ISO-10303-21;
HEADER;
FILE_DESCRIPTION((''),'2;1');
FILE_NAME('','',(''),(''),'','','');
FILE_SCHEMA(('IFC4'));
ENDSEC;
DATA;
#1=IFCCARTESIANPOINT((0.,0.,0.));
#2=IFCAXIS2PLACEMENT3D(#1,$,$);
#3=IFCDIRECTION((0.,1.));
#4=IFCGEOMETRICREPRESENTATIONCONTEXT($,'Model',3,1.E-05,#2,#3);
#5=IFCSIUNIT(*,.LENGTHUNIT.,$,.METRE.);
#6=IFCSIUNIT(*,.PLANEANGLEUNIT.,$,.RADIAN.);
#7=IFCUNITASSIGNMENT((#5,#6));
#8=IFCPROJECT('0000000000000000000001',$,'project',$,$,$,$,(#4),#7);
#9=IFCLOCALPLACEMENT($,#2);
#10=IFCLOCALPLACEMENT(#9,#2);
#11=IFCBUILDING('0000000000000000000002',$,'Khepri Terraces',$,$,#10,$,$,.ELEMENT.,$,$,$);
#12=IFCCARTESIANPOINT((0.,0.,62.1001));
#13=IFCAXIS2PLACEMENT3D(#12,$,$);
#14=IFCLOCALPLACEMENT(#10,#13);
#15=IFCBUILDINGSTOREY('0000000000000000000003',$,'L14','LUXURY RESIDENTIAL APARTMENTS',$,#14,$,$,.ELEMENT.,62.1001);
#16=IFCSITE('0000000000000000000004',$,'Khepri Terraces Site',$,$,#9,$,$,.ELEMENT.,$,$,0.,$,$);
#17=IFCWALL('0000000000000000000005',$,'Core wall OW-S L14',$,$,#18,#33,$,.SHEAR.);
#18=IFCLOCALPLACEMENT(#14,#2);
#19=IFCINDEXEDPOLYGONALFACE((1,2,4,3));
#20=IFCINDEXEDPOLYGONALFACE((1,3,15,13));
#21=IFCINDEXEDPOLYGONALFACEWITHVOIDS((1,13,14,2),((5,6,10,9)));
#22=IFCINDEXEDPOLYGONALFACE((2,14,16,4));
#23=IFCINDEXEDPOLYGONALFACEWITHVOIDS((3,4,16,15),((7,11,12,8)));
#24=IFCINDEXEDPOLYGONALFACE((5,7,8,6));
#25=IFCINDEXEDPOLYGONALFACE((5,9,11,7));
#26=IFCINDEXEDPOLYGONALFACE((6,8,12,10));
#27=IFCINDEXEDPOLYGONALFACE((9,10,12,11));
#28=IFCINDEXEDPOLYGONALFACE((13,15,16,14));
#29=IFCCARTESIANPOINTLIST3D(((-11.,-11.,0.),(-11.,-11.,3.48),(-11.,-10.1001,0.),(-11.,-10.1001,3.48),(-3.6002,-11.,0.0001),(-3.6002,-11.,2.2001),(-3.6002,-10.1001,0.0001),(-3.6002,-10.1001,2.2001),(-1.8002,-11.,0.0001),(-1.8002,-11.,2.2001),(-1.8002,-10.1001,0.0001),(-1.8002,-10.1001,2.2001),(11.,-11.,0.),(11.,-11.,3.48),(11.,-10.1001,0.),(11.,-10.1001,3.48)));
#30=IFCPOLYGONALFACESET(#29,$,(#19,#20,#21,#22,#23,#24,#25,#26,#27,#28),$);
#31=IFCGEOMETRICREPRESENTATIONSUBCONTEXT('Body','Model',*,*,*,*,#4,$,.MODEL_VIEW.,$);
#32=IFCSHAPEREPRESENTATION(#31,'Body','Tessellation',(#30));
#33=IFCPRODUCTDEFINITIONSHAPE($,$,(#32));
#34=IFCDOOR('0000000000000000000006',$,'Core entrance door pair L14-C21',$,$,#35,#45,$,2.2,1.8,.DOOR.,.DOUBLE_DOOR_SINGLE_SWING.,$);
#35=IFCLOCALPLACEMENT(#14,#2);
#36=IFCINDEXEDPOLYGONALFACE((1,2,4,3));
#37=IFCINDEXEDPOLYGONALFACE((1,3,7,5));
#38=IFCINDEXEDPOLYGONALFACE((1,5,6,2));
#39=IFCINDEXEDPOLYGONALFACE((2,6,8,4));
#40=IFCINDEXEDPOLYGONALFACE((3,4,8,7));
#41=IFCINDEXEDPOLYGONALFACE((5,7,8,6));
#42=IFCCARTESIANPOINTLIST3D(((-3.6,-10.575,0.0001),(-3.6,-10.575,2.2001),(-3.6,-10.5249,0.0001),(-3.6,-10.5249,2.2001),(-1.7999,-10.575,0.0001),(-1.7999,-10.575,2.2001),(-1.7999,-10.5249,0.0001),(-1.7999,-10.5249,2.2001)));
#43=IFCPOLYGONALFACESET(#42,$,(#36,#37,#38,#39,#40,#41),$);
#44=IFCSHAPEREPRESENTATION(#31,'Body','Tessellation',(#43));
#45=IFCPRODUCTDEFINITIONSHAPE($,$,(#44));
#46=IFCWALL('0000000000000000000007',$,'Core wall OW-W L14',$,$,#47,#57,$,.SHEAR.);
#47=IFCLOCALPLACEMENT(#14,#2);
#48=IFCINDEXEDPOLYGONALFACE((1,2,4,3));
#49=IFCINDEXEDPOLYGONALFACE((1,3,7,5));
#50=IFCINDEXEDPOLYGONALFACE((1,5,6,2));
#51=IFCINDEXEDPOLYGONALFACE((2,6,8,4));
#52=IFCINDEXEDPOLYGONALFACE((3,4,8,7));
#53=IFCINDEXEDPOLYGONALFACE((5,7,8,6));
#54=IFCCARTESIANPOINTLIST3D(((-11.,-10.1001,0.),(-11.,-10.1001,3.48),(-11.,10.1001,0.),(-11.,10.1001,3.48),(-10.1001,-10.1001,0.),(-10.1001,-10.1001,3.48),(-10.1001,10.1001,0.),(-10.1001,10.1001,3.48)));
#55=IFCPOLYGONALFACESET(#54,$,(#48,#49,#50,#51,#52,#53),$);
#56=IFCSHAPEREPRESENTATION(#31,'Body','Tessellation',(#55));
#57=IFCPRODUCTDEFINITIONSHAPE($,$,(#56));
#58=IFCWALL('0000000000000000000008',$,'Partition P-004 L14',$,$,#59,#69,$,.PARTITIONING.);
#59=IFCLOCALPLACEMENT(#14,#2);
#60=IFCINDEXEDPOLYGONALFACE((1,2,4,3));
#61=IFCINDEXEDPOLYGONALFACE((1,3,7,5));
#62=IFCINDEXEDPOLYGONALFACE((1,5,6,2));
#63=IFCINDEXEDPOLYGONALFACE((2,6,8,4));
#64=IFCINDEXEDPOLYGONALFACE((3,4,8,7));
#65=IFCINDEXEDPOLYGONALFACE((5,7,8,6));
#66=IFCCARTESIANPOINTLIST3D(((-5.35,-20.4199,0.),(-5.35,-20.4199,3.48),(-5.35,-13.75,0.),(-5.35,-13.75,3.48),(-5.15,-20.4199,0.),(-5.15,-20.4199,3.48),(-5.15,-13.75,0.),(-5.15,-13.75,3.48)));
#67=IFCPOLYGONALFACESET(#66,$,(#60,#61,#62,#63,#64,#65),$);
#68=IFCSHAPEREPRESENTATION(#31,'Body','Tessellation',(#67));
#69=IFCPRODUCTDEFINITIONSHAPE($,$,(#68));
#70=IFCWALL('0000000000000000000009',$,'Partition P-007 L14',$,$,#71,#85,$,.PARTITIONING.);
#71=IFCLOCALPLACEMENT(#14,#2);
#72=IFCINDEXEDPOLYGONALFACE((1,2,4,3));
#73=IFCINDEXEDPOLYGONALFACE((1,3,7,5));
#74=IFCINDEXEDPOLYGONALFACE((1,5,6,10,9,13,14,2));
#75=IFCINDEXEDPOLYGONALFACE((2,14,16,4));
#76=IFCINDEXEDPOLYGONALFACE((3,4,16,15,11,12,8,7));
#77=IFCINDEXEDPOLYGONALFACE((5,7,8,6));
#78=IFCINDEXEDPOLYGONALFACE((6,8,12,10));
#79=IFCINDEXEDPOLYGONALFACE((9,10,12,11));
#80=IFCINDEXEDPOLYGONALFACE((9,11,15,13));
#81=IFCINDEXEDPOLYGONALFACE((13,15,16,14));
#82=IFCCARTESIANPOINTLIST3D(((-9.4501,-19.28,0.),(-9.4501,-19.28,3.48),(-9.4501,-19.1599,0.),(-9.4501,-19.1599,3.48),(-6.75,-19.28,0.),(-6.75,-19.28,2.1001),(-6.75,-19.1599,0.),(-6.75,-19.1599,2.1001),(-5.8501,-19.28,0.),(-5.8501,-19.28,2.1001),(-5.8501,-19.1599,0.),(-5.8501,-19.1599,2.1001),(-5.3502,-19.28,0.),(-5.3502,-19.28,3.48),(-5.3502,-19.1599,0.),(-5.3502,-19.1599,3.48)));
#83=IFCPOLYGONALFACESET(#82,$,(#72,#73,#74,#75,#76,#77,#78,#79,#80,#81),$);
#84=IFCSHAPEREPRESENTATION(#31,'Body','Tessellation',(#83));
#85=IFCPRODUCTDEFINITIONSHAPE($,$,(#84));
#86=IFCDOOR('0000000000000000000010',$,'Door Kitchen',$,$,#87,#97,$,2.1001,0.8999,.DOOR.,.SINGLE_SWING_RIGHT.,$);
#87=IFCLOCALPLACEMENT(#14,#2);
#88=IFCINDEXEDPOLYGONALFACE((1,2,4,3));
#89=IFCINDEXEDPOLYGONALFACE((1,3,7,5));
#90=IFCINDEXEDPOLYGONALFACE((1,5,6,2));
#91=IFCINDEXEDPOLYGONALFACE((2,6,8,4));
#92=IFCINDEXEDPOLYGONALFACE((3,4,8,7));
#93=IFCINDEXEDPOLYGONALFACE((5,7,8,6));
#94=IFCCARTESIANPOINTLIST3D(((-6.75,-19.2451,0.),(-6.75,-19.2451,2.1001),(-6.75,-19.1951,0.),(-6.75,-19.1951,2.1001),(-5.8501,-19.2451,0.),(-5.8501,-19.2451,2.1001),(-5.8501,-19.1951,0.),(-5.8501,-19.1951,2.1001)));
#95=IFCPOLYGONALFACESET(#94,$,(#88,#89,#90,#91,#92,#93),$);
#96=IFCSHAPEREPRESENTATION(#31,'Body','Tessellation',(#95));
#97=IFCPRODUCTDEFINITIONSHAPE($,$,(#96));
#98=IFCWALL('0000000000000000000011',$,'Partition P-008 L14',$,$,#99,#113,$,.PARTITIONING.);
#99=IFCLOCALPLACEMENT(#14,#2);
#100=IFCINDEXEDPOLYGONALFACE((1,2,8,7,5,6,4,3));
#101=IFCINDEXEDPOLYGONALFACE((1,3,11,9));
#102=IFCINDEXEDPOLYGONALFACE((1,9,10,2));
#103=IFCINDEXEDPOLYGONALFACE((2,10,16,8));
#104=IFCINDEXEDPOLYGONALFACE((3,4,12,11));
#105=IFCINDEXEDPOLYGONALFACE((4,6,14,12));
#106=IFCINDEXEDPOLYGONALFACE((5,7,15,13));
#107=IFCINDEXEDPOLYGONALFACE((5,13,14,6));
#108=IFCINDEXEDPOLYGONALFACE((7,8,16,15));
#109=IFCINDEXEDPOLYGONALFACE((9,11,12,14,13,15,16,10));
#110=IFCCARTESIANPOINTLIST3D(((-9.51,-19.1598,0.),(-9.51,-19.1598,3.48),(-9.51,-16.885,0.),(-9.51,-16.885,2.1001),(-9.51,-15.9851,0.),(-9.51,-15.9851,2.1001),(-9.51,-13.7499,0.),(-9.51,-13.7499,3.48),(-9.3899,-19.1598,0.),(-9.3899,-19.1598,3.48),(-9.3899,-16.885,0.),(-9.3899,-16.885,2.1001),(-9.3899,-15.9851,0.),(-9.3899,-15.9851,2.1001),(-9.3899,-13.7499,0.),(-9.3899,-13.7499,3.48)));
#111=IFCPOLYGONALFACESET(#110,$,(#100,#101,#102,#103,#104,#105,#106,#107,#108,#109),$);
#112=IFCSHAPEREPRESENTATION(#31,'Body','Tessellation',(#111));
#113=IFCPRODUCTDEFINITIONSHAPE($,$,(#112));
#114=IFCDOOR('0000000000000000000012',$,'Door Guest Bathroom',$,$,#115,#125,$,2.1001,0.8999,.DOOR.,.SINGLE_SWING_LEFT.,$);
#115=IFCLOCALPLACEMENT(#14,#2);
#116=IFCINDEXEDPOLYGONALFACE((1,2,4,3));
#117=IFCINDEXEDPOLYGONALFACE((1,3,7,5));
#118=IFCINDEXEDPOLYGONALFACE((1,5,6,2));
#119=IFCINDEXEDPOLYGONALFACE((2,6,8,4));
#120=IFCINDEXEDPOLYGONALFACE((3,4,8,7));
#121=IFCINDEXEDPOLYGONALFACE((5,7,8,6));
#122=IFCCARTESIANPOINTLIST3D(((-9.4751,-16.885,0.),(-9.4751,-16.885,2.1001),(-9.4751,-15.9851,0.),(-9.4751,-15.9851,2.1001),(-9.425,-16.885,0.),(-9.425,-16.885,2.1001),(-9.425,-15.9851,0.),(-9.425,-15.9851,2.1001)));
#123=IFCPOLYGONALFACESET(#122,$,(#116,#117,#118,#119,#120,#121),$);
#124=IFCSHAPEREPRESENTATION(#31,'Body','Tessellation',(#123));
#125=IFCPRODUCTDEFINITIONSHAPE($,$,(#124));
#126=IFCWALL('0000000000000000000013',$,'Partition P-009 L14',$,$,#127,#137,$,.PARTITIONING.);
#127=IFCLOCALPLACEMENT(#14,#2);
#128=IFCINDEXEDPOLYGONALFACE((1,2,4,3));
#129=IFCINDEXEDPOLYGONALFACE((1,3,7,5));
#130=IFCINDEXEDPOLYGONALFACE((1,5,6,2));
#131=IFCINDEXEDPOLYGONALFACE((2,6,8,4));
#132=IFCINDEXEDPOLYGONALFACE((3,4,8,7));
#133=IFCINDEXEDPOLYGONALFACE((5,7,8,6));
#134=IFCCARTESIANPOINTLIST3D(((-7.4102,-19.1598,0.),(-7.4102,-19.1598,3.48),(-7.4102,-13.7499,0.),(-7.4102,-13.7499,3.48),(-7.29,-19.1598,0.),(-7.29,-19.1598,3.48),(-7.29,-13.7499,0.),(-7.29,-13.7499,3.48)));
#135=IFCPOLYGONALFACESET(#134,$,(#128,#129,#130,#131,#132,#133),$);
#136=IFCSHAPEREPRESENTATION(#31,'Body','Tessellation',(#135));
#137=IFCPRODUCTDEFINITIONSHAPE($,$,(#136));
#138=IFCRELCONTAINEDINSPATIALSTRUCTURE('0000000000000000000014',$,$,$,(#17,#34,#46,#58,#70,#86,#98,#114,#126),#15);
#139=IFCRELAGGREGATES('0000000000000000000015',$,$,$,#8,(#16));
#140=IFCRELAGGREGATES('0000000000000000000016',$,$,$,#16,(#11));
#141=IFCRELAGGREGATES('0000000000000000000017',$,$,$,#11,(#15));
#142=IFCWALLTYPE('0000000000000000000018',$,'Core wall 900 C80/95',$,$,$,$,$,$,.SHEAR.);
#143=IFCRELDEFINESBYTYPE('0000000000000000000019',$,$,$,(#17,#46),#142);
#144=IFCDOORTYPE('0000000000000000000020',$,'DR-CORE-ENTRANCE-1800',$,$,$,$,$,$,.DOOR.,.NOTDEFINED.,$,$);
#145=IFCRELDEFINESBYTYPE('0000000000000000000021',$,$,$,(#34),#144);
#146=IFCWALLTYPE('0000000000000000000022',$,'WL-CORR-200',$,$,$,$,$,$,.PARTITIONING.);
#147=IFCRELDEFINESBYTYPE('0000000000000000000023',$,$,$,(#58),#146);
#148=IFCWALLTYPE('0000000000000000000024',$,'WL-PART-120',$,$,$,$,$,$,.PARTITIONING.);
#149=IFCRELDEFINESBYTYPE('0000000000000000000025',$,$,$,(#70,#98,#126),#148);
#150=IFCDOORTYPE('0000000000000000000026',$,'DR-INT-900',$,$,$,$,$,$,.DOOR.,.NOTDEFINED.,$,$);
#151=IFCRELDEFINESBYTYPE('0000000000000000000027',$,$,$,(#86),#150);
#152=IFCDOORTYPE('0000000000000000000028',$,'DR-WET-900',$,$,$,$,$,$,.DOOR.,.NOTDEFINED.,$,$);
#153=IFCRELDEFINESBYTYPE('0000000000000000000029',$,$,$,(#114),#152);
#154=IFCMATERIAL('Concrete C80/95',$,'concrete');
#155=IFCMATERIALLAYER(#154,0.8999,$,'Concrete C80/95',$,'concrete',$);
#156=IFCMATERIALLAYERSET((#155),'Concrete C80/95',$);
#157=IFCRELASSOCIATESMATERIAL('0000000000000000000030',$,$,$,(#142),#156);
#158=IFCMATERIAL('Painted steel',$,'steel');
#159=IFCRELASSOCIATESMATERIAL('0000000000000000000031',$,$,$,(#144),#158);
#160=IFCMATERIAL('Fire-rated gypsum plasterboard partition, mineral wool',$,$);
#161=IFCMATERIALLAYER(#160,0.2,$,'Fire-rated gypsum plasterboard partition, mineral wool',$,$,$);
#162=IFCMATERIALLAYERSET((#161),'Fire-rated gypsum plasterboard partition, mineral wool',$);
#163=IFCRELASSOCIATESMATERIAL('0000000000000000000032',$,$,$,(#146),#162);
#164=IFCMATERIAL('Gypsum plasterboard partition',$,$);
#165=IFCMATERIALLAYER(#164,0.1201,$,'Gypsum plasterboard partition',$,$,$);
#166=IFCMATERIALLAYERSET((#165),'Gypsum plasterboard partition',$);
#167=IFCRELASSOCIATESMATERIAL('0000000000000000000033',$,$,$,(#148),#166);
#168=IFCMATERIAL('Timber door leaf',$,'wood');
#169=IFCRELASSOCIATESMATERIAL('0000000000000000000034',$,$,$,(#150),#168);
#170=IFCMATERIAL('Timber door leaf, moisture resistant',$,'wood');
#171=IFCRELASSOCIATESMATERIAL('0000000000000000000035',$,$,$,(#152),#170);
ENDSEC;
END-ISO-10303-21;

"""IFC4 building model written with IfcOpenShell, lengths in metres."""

from ifc_helpers import new_model, si_unit, direction, frame, frame_2d, origin, place, context, subcontext, project, spatial, rectangle, extrude, material, layer, layer_set, type_object, element, fill, save


model = new_model("IFC4")

# Units and contexts
model_context = context("Model", 3, precision=1e-05, world=origin(), true_north=direction((0.0, 1.0)))
body_context = subcontext(model_context, "Body", "Model", "MODEL_VIEW")
ifc_project = project(units=[si_unit("LENGTHUNIT", "METRE"), si_unit("PLANEANGLEUNIT", "RADIAN")], contexts=[model_context])

# Site, building, storey
site_placement = place(None, origin())
site = spatial("IfcSite", under=ifc_project, at=site_placement, Name="Khepri Terraces Site", CompositionType="ELEMENT", RefElevation=0.0)
building_placement = place(site_placement, origin())
building = spatial("IfcBuilding", under=site, at=building_placement, Name="Khepri Terraces", CompositionType="ELEMENT")
storey_placement = place(building_placement, frame((0.0, 0.0, 62.1001)))
storey = spatial("IfcBuildingStorey", under=building, at=storey_placement, Name="L14", Description="LUXURY RESIDENTIAL APARTMENTS", CompositionType="ELEMENT", Elevation=62.1001)

# Wall, opening, door
ifc_material_1 = material(Name="Concrete C80/95", Category="concrete")
ifc_layer_1 = layer(ifc_material_1, 0.8999, Name="Concrete C80/95", Category="concrete")
ifc_layer_set_1 = layer_set([ifc_layer_1], Name="Concrete C80/95")
wall_type_1 = type_object("IfcWallType", Name="Core wall 900 C80/95", PredefinedType="SHEAR", material=ifc_layer_set_1)
wall_1_placement = place(storey_placement, frame((-11.0, -10.55, 0.0), z_axis=(0.0, 0.0, 1.0), x_axis=(1.0, 0.0, 0.0)))
wall_1 = element("IfcWall", 1, at=wall_1_placement, inside=storey, type_object=wall_type_1, Name="Core wall OW-S L14", PredefinedType="SHEAR", context=body_context, shape_type="SweptSolid", body=[
    extrude(rectangle(XDim=22.0, YDim=0.8999, at=frame_2d((11.0, 0.0))), origin(), (0.0, 0.0, 1.0), 3.48),
])
opening_1_placement = place(wall_1_placement, frame((7.3999, 0.0, 0.0)))
opening_1 = element("IfcOpeningElement", 2, at=opening_1_placement, cuts=wall_1, PredefinedType="OPENING", context=body_context, shape_type="SweptSolid", body=[
    extrude(rectangle(XDim=1.8, YDim=2.2, at=frame_2d((0.8999, 1.1001))), frame((0.0, 0.46, 0.0), z_axis=(0.0, -1.0, 0.0), x_axis=(1.0, 0.0, 0.0)), (0.0, 0.0, 1.0), 0.9199),
])
ifc_material_2 = material(Name="Painted steel", Category="steel")
door_type_1 = type_object("IfcDoorType", Name="DR-CORE-ENTRANCE-1800", OperationType="NOTDEFINED", PredefinedType="DOOR", material=ifc_material_2)
door_1_placement = place(opening_1_placement, frame((1.8, 0.0, 0.0), z_axis=(0.0, 0.0, 1.0), x_axis=(-1.0, 0.0, 0.0)))
door_1 = element("IfcDoor", 3, at=door_1_placement, inside=storey, type_object=door_type_1, Name="Core entrance door pair L14-C21", OperationType="DOUBLE_DOOR_SINGLE_SWING", OverallHeight=2.2, OverallWidth=1.8, PredefinedType="DOOR", context=body_context, shape_type="SweptSolid", body=[
    extrude(rectangle(XDim=1.8, YDim=2.2, at=frame_2d((0.8999, 1.1001))), frame((0.0, 0.0249, 0.0), z_axis=(0.0, -1.0, 0.0), x_axis=(1.0, 0.0, 0.0)), (0.0, 0.0, 1.0), 0.05),
])
fill(opening_1, door_1)

# Walls
wall_2_placement = place(storey_placement, frame((-10.55, -10.1001, 0.0), z_axis=(0.0, 0.0, 1.0), x_axis=(0.0, 1.0, 0.0)))
element("IfcWall", 4, at=wall_2_placement, inside=storey, type_object=wall_type_1, Name="Core wall OW-W L14", PredefinedType="SHEAR", context=body_context, shape_type="SweptSolid", body=[
    extrude(rectangle(XDim=20.2002, YDim=0.8999, at=frame_2d((10.1001, 0.0))), origin(), (0.0, 0.0, 1.0), 3.48),
])
ifc_material_3 = material(Name="Fire-rated gypsum plasterboard partition, mineral wool")
ifc_layer_2 = layer(ifc_material_3, 0.2, Name="Fire-rated gypsum plasterboard partition, mineral wool")
ifc_layer_set_2 = layer_set([ifc_layer_2], Name="Fire-rated gypsum plasterboard partition, mineral wool")
wall_type_2 = type_object("IfcWallType", Name="WL-CORR-200", PredefinedType="PARTITIONING", material=ifc_layer_set_2)
wall_3_placement = place(storey_placement, frame((-5.25, -20.4199, 0.0), z_axis=(0.0, 0.0, 1.0), x_axis=(0.0, 1.0, 0.0)))
element("IfcWall", 5, at=wall_3_placement, inside=storey, type_object=wall_type_2, Name="Partition P-004 L14", PredefinedType="PARTITIONING", context=body_context, shape_type="SweptSolid", body=[
    extrude(rectangle(XDim=6.6699, YDim=0.2, at=frame_2d((3.335, 0.0))), origin(), (0.0, 0.0, 1.0), 3.48),
])

# Walls, openings, doors
ifc_material_4 = material(Name="Gypsum plasterboard partition")
ifc_layer_3 = layer(ifc_material_4, 0.1201, Name="Gypsum plasterboard partition")
ifc_layer_set_3 = layer_set([ifc_layer_3], Name="Gypsum plasterboard partition")
wall_type_3 = type_object("IfcWallType", Name="WL-PART-120", PredefinedType="PARTITIONING", material=ifc_layer_set_3)
wall_4_placement = place(storey_placement, frame((-9.45, -19.22, 0.0), z_axis=(0.0, 0.0, 1.0), x_axis=(1.0, 0.0, 0.0)))
wall_4 = element("IfcWall", 6, at=wall_4_placement, inside=storey, type_object=wall_type_3, Name="Partition P-007 L14", PredefinedType="PARTITIONING", context=body_context, shape_type="SweptSolid", body=[
    extrude(rectangle(XDim=4.0999, YDim=0.1201, at=frame_2d((2.0498, 0.0))), origin(), (0.0, 0.0, 1.0), 3.48),
])
opening_2_placement = place(wall_4_placement, frame((2.7, 0.0, 0.0)))
opening_2 = element("IfcOpeningElement", 7, at=opening_2_placement, cuts=wall_4, PredefinedType="OPENING", context=body_context, shape_type="SweptSolid", body=[
    extrude(rectangle(XDim=0.8999, YDim=2.1001, at=frame_2d((0.45, 1.05))), frame((0.0, 0.0701, 0.0), z_axis=(0.0, -1.0, 0.0), x_axis=(1.0, 0.0, 0.0)), (0.0, 0.0, 1.0), 0.1401),
])
ifc_material_5 = material(Name="Timber door leaf", Category="wood")
door_type_2 = type_object("IfcDoorType", Name="DR-INT-900", OperationType="NOTDEFINED", PredefinedType="DOOR", material=ifc_material_5)
door_2_placement = place(opening_2_placement, origin())
door_2 = element("IfcDoor", 8, at=door_2_placement, inside=storey, type_object=door_type_2, Name="Door Kitchen", OperationType="SINGLE_SWING_RIGHT", OverallHeight=2.1001, OverallWidth=0.8999, PredefinedType="DOOR", context=body_context, shape_type="SweptSolid", body=[
    extrude(rectangle(XDim=0.8999, YDim=2.1001, at=frame_2d((0.45, 1.05))), frame((0.0, 0.0249, 0.0), z_axis=(0.0, -1.0, 0.0), x_axis=(1.0, 0.0, 0.0)), (0.0, 0.0, 1.0), 0.05),
])
fill(opening_2, door_2)
wall_5_placement = place(storey_placement, frame((-9.45, -19.1599, 0.0), z_axis=(0.0, 0.0, 1.0), x_axis=(0.0, 1.0, 0.0)))
wall_5 = element("IfcWall", 9, at=wall_5_placement, inside=storey, type_object=wall_type_3, Name="Partition P-008 L14", PredefinedType="PARTITIONING", context=body_context, shape_type="SweptSolid", body=[
    extrude(rectangle(XDim=5.4099, YDim=0.1201, at=frame_2d((2.7051, 0.0))), origin(), (0.0, 0.0, 1.0), 3.48),
])
opening_3_placement = place(wall_5_placement, frame((2.2749, 0.0, 0.0)))
opening_3 = element("IfcOpeningElement", 10, at=opening_3_placement, cuts=wall_5, PredefinedType="OPENING", context=body_context, shape_type="SweptSolid", body=[
    extrude(rectangle(XDim=0.8999, YDim=2.1001, at=frame_2d((0.45, 1.05))), frame((0.0, 0.0701, 0.0), z_axis=(0.0, -1.0, 0.0), x_axis=(1.0, 0.0, 0.0)), (0.0, 0.0, 1.0), 0.1401),
])
ifc_material_6 = material(Name="Timber door leaf, moisture resistant", Category="wood")
door_type_3 = type_object("IfcDoorType", Name="DR-WET-900", OperationType="NOTDEFINED", PredefinedType="DOOR", material=ifc_material_6)
door_3_placement = place(opening_3_placement, frame((0.8999, 0.0, 0.0), z_axis=(0.0, 0.0, 1.0), x_axis=(-1.0, 0.0, 0.0)))
door_3 = element("IfcDoor", 11, at=door_3_placement, inside=storey, type_object=door_type_3, Name="Door Guest Bathroom", OperationType="SINGLE_SWING_LEFT", OverallHeight=2.1001, OverallWidth=0.8999, PredefinedType="DOOR", context=body_context, shape_type="SweptSolid", body=[
    extrude(rectangle(XDim=0.8999, YDim=2.1001, at=frame_2d((0.45, 1.05))), frame((0.0, 0.0249, 0.0), z_axis=(0.0, -1.0, 0.0), x_axis=(1.0, 0.0, 0.0)), (0.0, 0.0, 1.0), 0.05),
])
fill(opening_3, door_3)

# Wall
wall_6_placement = place(storey_placement, frame((-7.3501, -19.1599, 0.0), z_axis=(0.0, 0.0, 1.0), x_axis=(0.0, 1.0, 0.0)))
element("IfcWall", 12, at=wall_6_placement, inside=storey, type_object=wall_type_3, Name="Partition P-009 L14", PredefinedType="PARTITIONING", context=body_context, shape_type="SweptSolid", body=[
    extrude(rectangle(XDim=5.4099, YDim=0.1201, at=frame_2d((2.7051, 0.0))), origin(), (0.0, 0.0, 1.0), 3.48),
])

save(model, "model.ifc")
